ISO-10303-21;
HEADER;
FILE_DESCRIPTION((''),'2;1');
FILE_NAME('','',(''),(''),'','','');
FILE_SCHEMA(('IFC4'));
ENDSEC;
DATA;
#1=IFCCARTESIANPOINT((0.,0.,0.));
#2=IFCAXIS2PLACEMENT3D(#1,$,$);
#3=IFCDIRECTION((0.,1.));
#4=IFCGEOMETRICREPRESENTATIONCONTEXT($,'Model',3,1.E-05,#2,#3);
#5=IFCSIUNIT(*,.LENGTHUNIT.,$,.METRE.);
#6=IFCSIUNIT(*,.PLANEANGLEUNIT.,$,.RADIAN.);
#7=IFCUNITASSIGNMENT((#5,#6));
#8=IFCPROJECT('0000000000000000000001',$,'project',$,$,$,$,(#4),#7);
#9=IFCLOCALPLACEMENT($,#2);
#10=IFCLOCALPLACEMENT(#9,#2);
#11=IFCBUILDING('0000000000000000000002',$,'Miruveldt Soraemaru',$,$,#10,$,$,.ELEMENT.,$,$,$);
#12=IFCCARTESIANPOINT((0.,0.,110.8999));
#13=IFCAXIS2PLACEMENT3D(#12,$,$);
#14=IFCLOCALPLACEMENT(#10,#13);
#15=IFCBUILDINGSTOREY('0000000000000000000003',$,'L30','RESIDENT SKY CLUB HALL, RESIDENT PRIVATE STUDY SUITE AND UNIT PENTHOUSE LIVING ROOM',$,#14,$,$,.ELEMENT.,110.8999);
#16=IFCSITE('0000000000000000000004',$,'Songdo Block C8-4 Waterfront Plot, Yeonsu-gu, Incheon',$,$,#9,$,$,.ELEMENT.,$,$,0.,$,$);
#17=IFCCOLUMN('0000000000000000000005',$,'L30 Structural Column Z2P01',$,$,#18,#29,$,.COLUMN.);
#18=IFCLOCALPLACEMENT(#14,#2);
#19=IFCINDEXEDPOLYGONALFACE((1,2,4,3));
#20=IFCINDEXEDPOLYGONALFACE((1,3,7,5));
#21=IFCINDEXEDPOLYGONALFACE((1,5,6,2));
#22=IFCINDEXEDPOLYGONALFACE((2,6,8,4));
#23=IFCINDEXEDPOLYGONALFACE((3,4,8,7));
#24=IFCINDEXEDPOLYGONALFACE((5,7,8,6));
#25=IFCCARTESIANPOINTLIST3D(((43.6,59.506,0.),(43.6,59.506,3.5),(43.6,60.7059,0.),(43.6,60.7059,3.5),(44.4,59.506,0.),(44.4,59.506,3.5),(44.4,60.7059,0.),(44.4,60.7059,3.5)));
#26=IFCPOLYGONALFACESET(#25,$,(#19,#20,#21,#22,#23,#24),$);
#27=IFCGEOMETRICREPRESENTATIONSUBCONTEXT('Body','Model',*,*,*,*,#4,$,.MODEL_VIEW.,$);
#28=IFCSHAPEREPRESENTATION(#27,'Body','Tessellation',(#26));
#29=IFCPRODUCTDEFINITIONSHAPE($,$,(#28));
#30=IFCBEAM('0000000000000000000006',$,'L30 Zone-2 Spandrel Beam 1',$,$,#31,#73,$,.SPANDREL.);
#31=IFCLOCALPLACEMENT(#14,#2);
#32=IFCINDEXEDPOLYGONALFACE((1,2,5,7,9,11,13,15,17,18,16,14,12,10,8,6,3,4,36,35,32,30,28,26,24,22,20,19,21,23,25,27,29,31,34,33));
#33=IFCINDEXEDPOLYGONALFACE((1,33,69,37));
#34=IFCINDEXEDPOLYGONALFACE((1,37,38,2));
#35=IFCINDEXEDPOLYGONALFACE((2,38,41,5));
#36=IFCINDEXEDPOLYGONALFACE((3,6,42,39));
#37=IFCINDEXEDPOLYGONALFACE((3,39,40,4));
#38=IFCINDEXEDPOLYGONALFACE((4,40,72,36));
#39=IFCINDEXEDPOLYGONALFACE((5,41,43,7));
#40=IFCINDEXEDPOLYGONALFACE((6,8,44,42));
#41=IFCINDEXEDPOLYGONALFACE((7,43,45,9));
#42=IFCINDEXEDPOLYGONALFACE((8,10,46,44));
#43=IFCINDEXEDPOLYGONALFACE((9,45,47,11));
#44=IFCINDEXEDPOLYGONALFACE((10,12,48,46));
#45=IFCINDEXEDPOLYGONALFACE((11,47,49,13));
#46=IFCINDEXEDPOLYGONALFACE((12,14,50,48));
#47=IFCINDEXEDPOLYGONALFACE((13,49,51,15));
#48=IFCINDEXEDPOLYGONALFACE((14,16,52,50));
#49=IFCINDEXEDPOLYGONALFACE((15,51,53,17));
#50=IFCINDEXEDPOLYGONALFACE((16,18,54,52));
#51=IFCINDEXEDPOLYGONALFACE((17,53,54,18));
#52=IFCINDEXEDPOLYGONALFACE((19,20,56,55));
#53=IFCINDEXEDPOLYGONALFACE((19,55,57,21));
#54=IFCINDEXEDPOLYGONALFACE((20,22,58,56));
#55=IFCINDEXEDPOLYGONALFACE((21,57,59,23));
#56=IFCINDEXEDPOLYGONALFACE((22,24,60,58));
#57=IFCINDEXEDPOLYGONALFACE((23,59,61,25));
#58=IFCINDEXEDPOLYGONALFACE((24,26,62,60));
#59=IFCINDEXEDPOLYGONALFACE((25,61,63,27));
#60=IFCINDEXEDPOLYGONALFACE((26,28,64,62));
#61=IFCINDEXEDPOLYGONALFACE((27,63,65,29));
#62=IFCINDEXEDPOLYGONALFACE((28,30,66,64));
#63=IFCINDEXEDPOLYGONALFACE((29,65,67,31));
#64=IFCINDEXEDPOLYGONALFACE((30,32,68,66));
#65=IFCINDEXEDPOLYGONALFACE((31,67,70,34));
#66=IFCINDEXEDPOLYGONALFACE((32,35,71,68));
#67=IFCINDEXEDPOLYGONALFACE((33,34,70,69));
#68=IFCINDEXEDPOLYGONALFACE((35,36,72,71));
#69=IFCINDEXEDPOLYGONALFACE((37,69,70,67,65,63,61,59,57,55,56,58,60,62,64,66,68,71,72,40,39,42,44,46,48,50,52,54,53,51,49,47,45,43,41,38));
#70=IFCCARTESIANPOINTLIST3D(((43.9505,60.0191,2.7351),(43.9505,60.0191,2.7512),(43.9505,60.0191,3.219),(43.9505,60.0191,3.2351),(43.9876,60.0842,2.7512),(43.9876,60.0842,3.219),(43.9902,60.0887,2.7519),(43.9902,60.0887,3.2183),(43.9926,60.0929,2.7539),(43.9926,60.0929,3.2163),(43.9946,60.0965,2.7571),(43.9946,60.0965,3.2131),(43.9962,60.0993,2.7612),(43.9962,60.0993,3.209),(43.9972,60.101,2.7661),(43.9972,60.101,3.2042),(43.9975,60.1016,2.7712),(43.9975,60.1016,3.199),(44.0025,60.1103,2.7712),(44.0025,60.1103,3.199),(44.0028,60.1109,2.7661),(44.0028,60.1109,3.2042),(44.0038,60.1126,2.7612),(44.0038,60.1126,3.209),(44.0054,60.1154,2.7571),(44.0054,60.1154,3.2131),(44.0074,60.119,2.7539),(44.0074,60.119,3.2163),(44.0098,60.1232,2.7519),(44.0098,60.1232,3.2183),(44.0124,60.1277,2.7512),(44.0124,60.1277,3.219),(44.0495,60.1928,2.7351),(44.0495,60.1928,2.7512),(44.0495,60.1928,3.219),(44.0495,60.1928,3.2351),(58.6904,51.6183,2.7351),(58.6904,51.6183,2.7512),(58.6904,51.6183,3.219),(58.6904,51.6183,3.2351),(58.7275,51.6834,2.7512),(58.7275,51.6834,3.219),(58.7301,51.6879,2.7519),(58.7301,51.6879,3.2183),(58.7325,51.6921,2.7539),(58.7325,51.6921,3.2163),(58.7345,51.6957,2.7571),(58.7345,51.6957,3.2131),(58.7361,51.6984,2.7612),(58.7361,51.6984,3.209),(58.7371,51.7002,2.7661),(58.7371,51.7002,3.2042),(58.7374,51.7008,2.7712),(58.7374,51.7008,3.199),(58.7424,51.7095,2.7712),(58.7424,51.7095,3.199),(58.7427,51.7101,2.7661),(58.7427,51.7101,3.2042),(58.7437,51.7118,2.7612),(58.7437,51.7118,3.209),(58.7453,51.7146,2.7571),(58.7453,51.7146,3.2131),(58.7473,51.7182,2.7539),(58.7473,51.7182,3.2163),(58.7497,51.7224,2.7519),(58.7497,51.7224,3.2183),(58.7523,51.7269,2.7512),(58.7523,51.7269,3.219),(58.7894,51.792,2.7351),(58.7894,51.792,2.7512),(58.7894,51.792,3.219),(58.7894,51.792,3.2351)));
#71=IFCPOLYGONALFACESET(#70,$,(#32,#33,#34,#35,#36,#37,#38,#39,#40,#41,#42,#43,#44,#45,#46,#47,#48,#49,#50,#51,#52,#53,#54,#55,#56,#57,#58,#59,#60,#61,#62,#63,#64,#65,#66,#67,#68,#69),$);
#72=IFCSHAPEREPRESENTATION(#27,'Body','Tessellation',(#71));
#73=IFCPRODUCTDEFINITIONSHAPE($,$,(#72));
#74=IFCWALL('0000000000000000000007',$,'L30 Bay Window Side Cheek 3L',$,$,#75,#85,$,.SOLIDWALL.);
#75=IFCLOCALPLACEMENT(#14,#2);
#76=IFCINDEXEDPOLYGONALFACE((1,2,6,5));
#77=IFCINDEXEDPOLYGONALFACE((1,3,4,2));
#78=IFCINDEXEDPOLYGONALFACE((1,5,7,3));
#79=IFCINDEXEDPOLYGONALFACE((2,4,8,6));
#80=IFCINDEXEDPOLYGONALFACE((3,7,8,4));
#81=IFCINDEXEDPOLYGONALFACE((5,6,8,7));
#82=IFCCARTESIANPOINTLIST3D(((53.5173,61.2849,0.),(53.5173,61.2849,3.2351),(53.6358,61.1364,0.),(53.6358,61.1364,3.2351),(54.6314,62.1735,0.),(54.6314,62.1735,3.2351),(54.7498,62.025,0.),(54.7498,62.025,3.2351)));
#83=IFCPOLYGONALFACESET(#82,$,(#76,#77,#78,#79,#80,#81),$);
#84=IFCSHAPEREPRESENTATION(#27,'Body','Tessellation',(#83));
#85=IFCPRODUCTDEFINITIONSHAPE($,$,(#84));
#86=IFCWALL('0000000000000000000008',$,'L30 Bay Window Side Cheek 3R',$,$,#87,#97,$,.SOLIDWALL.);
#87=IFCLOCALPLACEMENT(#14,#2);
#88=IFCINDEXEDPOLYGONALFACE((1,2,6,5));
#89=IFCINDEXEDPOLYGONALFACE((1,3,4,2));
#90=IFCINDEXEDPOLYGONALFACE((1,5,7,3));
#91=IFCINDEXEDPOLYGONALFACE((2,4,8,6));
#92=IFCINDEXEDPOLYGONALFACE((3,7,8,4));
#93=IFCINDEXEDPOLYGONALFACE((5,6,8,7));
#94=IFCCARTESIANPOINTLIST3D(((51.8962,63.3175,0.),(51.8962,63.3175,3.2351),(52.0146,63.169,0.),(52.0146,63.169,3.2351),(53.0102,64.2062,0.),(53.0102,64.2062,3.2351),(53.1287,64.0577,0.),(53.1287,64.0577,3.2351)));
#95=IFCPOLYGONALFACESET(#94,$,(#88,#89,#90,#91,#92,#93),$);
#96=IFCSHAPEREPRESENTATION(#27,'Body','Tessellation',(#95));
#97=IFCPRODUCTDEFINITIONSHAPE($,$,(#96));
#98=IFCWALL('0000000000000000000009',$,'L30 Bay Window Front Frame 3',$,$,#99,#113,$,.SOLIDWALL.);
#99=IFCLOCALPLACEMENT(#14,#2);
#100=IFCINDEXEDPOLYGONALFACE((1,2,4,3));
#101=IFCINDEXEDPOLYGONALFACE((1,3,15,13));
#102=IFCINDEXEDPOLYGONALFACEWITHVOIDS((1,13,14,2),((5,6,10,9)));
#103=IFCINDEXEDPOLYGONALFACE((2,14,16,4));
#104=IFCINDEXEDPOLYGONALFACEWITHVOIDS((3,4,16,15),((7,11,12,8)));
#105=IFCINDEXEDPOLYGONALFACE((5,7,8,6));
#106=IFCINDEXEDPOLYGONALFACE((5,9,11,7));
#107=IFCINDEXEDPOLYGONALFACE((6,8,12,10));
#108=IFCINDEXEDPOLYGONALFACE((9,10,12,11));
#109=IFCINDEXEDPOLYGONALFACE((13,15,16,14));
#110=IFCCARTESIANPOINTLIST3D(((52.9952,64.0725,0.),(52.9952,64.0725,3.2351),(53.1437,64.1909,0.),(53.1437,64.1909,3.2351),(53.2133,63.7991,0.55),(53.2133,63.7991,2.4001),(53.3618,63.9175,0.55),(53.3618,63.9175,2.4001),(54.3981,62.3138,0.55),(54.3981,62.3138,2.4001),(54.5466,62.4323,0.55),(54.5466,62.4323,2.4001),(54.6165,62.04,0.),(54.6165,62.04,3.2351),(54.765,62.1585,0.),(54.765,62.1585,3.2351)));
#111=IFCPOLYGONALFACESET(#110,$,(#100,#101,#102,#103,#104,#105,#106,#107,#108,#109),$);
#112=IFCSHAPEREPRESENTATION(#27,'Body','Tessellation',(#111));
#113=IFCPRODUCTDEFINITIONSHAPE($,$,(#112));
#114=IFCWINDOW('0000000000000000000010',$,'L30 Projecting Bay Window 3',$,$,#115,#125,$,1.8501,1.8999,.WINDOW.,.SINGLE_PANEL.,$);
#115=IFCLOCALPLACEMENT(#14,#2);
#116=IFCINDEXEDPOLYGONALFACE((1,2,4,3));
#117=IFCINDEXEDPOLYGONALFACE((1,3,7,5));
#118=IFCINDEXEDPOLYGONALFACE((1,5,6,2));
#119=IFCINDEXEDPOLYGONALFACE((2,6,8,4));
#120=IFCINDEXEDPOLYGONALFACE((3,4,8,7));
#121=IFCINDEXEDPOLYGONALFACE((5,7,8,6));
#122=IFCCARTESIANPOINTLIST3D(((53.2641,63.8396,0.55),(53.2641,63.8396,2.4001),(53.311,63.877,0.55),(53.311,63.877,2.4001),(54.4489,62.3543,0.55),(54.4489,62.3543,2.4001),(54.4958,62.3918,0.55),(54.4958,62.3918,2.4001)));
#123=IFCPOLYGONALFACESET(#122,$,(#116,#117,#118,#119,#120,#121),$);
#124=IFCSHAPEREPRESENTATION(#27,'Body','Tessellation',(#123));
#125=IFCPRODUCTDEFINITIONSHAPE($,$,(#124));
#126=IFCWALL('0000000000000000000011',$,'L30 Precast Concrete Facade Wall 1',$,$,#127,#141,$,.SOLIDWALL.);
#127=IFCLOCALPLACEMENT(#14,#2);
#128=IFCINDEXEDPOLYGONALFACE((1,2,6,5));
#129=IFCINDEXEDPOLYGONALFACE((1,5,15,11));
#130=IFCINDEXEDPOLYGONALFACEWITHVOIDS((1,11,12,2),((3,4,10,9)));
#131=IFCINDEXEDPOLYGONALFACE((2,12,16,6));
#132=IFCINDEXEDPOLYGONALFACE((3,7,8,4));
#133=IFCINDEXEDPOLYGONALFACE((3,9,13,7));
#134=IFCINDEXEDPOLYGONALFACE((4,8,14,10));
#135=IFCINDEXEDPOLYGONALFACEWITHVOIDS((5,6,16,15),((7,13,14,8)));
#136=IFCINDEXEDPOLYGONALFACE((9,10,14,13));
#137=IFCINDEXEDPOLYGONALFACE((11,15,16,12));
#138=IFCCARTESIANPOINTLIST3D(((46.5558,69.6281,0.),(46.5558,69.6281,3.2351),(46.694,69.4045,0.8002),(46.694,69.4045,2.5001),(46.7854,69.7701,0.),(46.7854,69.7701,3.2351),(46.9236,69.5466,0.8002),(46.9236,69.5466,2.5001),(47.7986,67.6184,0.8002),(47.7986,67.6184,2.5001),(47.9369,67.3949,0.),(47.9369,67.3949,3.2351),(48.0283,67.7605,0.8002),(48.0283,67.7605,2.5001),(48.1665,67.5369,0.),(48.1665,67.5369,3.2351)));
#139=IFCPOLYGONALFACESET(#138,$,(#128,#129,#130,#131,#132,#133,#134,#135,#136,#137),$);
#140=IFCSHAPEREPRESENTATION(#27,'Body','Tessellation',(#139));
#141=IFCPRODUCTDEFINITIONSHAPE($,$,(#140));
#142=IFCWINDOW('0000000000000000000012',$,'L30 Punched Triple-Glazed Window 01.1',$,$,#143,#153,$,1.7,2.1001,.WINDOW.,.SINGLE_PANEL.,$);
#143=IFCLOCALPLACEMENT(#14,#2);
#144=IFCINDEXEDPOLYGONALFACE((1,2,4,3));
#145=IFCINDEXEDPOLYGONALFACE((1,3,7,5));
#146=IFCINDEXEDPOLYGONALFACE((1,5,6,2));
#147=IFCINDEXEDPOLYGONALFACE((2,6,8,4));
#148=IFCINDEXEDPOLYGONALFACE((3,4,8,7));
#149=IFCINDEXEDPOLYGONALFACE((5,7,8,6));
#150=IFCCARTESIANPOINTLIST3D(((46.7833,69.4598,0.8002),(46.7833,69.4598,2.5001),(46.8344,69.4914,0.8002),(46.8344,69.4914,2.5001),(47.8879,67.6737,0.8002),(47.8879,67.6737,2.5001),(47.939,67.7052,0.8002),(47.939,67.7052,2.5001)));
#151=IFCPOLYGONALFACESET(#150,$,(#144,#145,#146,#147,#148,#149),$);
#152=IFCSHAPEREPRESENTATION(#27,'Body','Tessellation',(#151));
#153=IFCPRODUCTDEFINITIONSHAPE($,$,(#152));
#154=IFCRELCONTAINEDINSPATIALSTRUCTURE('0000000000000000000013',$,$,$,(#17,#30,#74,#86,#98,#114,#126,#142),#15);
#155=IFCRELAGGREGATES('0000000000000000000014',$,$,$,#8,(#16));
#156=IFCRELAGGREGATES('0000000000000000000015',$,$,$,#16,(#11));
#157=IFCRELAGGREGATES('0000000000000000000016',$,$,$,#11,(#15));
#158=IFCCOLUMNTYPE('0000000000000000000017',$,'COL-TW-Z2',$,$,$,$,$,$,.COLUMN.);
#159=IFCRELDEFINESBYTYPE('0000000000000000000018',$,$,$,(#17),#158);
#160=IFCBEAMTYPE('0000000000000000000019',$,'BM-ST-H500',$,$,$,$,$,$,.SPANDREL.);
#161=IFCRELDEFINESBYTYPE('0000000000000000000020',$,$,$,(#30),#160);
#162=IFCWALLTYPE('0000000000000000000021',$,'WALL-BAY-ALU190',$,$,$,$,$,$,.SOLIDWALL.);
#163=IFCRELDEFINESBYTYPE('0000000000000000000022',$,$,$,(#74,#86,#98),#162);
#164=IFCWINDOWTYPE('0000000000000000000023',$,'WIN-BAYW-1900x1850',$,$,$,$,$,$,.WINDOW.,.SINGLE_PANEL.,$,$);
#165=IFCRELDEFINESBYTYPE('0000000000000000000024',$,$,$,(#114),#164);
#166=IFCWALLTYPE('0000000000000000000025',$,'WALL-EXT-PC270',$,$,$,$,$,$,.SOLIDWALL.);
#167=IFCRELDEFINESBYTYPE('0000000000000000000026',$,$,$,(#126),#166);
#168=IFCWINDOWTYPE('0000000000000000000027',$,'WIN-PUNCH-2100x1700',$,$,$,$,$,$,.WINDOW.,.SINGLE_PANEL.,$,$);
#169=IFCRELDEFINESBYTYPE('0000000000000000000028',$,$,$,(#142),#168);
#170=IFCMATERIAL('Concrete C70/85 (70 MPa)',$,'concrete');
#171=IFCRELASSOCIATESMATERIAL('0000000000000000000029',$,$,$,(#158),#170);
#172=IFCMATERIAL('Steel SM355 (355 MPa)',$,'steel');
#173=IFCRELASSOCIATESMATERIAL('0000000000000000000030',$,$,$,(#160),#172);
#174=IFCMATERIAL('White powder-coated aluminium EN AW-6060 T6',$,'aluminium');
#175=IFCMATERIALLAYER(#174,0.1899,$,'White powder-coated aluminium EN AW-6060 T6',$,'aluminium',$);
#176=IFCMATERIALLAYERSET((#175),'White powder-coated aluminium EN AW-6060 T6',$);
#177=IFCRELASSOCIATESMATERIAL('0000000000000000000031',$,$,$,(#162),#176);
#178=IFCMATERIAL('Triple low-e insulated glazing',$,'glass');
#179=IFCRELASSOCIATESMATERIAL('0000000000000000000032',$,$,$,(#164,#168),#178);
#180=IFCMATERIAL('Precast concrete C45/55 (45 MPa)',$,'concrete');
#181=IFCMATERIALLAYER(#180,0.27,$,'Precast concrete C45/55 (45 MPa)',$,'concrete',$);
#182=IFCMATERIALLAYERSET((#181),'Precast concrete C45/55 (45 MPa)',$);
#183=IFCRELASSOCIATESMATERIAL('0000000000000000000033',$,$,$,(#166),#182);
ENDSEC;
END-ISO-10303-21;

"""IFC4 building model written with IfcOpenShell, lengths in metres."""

from ifc_helpers import new_model, si_unit, direction, frame, frame_2d, origin, origin_2d, place, context, subcontext, project, spatial, rectangle, i_section, extrude, material, layer, layer_set, material_profile, profile_set, type_object, element, fill, save


model = new_model("IFC4")

# Units and contexts
model_context = context("Model", 3, precision=1e-05, world=origin(), true_north=direction((0.0, 1.0)))
body_context = subcontext(model_context, "Body", "Model", "MODEL_VIEW")
ifc_project = project(units=[si_unit("LENGTHUNIT", "METRE"), si_unit("PLANEANGLEUNIT", "RADIAN")], contexts=[model_context])

# Site, building, storey
site_placement = place(None, origin())
site = spatial("IfcSite", under=ifc_project, at=site_placement, Name="Songdo Block C8-4 Waterfront Plot, Yeonsu-gu, Incheon", CompositionType="ELEMENT", RefElevation=0.0)
building_placement = place(site_placement, origin())
building = spatial("IfcBuilding", under=site, at=building_placement, Name="Miruveldt Soraemaru", CompositionType="ELEMENT")
storey_placement = place(building_placement, frame((0.0, 0.0, 110.8999)))
storey = spatial("IfcBuildingStorey", under=building, at=storey_placement, Name="L30", Description="RESIDENT SKY CLUB HALL, RESIDENT PRIVATE STUDY SUITE AND UNIT PENTHOUSE LIVING ROOM", CompositionType="ELEMENT", Elevation=110.8999)

# Column
ifc_material_1 = material(Name="Concrete C70/85 (70 MPa)", Category="concrete")
ifc_material_profile_1 = material_profile(ifc_material_1, rectangle(XDim=1.2, YDim=0.8, at=origin_2d()), Name="Concrete C70/85 (70 MPa)", Category="concrete")
ifc_profile_set_1 = profile_set([ifc_material_profile_1], Name="Concrete C70/85 (70 MPa)")
column_type = type_object("IfcColumnType", Name="COL-TW-Z2", PredefinedType="COLUMN", material=ifc_profile_set_1)
column_placement = place(storey_placement, frame((44.0, 60.106, 0.0), z_axis=(0.0, 0.0, 1.0), x_axis=(0.0, 1.0, 0.0)))
element("IfcColumn", 1, at=column_placement, inside=storey, type_object=column_type, Name="L30 Structural Column Z2P01", PredefinedType="COLUMN", context=body_context, shape_type="SweptSolid", body=[
    extrude(rectangle(XDim=1.2, YDim=0.8, at=origin_2d()), origin(), (0.0, 0.0, 1.0), 3.5),
])

# Beam
ifc_material_2 = material(Name="Steel SM355 (355 MPa)", Category="steel")
ifc_material_profile_2 = material_profile(ifc_material_2, i_section(OverallWidth=0.2, OverallDepth=0.5, WebThickness=0.01, FlangeThickness=0.0161, FilletRadius=0.02, at=origin_2d()), Name="Steel SM355 (355 MPa)", Category="steel")
ifc_profile_set_2 = profile_set([ifc_material_profile_2], Name="Steel SM355 (355 MPa)")
beam_type = type_object("IfcBeamType", Name="BM-ST-H500", PredefinedType="SPANDREL", material=ifc_profile_set_2)
beam_placement = place(storey_placement, frame((44.0, 60.106, 2.9851), z_axis=(0.8688, -0.495162, 0.0), x_axis=(0.495162, 0.8688, 0.0)))
element("IfcBeam", 2, at=beam_placement, inside=storey, type_object=beam_type, Name="L30 Zone-2 Spandrel Beam 1", PredefinedType="SPANDREL", context=body_context, shape_type="SweptSolid", body=[
    extrude(i_section(OverallWidth=0.2, OverallDepth=0.5, WebThickness=0.01, FlangeThickness=0.0161, FilletRadius=0.02, at=origin_2d()), origin(), (0.0, 0.0, 1.0), 16.9658),
])

# Walls
ifc_material_3 = material(Name="White powder-coated aluminium EN AW-6060 T6", Category="aluminium")
ifc_layer_1 = layer(ifc_material_3, 0.1899, Name="White powder-coated aluminium EN AW-6060 T6", Category="aluminium")
ifc_layer_set_1 = layer_set([ifc_layer_1], Name="White powder-coated aluminium EN AW-6060 T6")
wall_type_1 = type_object("IfcWallType", Name="WALL-BAY-ALU190", PredefinedType="SOLIDWALL", material=ifc_layer_set_1)
for number, where, z_axis, x_axis, name in (
    (3, (53.5767, 61.2107, 0.0), (0.0, 0.0, 1.0), (0.781737, 0.623608, 0.0), "L30 Bay Window Side Cheek 3L"),
    (4, (53.0693, 64.1318, 0.0), (0.0, 0.0, 1.0), (-0.781737, -0.623608, 0.0), "L30 Bay Window Side Cheek 3R"),
):
    element("IfcWall", number, at=place(storey_placement, frame(where, z_axis=z_axis, x_axis=x_axis)), inside=storey, type_object=wall_type_1, Name=name, PredefinedType="SOLIDWALL", context=body_context, shape_type="SweptSolid", body=[
        extrude(rectangle(XDim=1.425, YDim=0.1899, at=frame_2d((0.7124, 0.0))), origin(), (0.0, 0.0, 1.0), 3.2351),
    ])

# Walls, openings, windows
wall_1_placement = place(storey_placement, frame((54.6907, 62.0994, 0.0), z_axis=(0.0, 0.0, 1.0), x_axis=(-0.623607, 0.781738, 0.0)))
wall_1 = element("IfcWall", 5, at=wall_1_placement, inside=storey, type_object=wall_type_1, Name="L30 Bay Window Front Frame 3", PredefinedType="SOLIDWALL", context=body_context, shape_type="SweptSolid", body=[
    extrude(rectangle(XDim=2.5999, YDim=0.1899, at=frame_2d((1.2998, 0.0))), origin(), (0.0, 0.0, 1.0), 3.2351),
])
opening_1_placement = place(wall_1_placement, frame((0.3501, 0.0, 0.55)))
opening_1 = element("IfcOpeningElement", 6, at=opening_1_placement, cuts=wall_1, PredefinedType="OPENING", context=body_context, shape_type="SweptSolid", body=[
    extrude(rectangle(XDim=1.8999, YDim=1.8501, at=frame_2d((0.95, 0.925))), frame((0.0, 0.105, 0.0), z_axis=(0.0, -1.0, 0.0), x_axis=(1.0, 0.0, 0.0)), (0.0, 0.0, 1.0), 0.21),
])
ifc_material_4 = material(Name="Triple low-e insulated glazing", Category="glass")
window_type_1 = type_object("IfcWindowType", Name="WIN-BAYW-1900x1850", PartitioningType="SINGLE_PANEL", PredefinedType="WINDOW", material=ifc_material_4)
window_1_placement = place(opening_1_placement, origin())
window_1 = element("IfcWindow", 7, at=window_1_placement, inside=storey, type_object=window_type_1, Name="L30 Projecting Bay Window 3", OverallHeight=1.8501, OverallWidth=1.8999, PartitioningType="SINGLE_PANEL", PredefinedType="WINDOW", context=body_context, shape_type="SweptSolid", body=[
    extrude(rectangle(XDim=1.8999, YDim=1.8501, at=frame_2d((0.95, 0.925))), frame((0.0, 0.03, 0.0), z_axis=(0.0, -1.0, 0.0), x_axis=(1.0, 0.0, 0.0)), (0.0, 0.0, 1.0), 0.0601),
])
fill(opening_1, window_1)
ifc_material_5 = material(Name="Precast concrete C45/55 (45 MPa)", Category="concrete")
ifc_layer_2 = layer(ifc_material_5, 0.27, Name="Precast concrete C45/55 (45 MPa)", Category="concrete")
ifc_layer_set_2 = layer_set([ifc_layer_2], Name="Precast concrete C45/55 (45 MPa)")
wall_type_2 = type_object("IfcWallType", Name="WALL-EXT-PC270", PredefinedType="SOLIDWALL", material=ifc_layer_set_2)
wall_2_placement = place(storey_placement, frame((48.0518, 67.4658, 0.0), z_axis=(0.0, 0.0, 1.0), x_axis=(-0.52599, 0.850491, 0.0)))
wall_2 = element("IfcWall", 8, at=wall_2_placement, inside=storey, type_object=wall_type_2, Name="L30 Precast Concrete Facade Wall 1", PredefinedType="SOLIDWALL", context=body_context, shape_type="SweptSolid", body=[
    extrude(rectangle(XDim=2.6257, YDim=0.27, at=frame_2d((1.313, 0.0))), origin(), (0.0, 0.0, 1.0), 3.2351),
])
opening_2_placement = place(wall_2_placement, frame((0.2629, 0.0, 0.8)))
opening_2 = element("IfcOpeningElement", 9, at=opening_2_placement, cuts=wall_2, PredefinedType="OPENING", context=body_context, shape_type="SweptSolid", body=[
    extrude(rectangle(XDim=2.1001, YDim=1.7, at=frame_2d((1.05, 0.8501))), frame((0.0, 0.145, 0.0), z_axis=(0.0, -1.0, 0.0), x_axis=(1.0, 0.0, 0.0)), (0.0, 0.0, 1.0), 0.29),
])
window_type_2 = type_object("IfcWindowType", Name="WIN-PUNCH-2100x1700", PartitioningType="SINGLE_PANEL", PredefinedType="WINDOW", material=ifc_material_4)
window_2_placement = place(opening_2_placement, origin())
window_2 = element("IfcWindow", 10, at=window_2_placement, inside=storey, type_object=window_type_2, Name="L30 Punched Triple-Glazed Window 01.1", OverallHeight=1.7, OverallWidth=2.1001, PartitioningType="SINGLE_PANEL", PredefinedType="WINDOW", context=body_context, shape_type="SweptSolid", body=[
    extrude(rectangle(XDim=2.1001, YDim=1.7, at=frame_2d((1.05, 0.8501))), frame((0.0, 0.03, 0.0), z_axis=(0.0, -1.0, 0.0), x_axis=(1.0, 0.0, 0.0)), (0.0, 0.0, 1.0), 0.0601),
])
fill(opening_2, window_2)

save(model, "model.ifc")
